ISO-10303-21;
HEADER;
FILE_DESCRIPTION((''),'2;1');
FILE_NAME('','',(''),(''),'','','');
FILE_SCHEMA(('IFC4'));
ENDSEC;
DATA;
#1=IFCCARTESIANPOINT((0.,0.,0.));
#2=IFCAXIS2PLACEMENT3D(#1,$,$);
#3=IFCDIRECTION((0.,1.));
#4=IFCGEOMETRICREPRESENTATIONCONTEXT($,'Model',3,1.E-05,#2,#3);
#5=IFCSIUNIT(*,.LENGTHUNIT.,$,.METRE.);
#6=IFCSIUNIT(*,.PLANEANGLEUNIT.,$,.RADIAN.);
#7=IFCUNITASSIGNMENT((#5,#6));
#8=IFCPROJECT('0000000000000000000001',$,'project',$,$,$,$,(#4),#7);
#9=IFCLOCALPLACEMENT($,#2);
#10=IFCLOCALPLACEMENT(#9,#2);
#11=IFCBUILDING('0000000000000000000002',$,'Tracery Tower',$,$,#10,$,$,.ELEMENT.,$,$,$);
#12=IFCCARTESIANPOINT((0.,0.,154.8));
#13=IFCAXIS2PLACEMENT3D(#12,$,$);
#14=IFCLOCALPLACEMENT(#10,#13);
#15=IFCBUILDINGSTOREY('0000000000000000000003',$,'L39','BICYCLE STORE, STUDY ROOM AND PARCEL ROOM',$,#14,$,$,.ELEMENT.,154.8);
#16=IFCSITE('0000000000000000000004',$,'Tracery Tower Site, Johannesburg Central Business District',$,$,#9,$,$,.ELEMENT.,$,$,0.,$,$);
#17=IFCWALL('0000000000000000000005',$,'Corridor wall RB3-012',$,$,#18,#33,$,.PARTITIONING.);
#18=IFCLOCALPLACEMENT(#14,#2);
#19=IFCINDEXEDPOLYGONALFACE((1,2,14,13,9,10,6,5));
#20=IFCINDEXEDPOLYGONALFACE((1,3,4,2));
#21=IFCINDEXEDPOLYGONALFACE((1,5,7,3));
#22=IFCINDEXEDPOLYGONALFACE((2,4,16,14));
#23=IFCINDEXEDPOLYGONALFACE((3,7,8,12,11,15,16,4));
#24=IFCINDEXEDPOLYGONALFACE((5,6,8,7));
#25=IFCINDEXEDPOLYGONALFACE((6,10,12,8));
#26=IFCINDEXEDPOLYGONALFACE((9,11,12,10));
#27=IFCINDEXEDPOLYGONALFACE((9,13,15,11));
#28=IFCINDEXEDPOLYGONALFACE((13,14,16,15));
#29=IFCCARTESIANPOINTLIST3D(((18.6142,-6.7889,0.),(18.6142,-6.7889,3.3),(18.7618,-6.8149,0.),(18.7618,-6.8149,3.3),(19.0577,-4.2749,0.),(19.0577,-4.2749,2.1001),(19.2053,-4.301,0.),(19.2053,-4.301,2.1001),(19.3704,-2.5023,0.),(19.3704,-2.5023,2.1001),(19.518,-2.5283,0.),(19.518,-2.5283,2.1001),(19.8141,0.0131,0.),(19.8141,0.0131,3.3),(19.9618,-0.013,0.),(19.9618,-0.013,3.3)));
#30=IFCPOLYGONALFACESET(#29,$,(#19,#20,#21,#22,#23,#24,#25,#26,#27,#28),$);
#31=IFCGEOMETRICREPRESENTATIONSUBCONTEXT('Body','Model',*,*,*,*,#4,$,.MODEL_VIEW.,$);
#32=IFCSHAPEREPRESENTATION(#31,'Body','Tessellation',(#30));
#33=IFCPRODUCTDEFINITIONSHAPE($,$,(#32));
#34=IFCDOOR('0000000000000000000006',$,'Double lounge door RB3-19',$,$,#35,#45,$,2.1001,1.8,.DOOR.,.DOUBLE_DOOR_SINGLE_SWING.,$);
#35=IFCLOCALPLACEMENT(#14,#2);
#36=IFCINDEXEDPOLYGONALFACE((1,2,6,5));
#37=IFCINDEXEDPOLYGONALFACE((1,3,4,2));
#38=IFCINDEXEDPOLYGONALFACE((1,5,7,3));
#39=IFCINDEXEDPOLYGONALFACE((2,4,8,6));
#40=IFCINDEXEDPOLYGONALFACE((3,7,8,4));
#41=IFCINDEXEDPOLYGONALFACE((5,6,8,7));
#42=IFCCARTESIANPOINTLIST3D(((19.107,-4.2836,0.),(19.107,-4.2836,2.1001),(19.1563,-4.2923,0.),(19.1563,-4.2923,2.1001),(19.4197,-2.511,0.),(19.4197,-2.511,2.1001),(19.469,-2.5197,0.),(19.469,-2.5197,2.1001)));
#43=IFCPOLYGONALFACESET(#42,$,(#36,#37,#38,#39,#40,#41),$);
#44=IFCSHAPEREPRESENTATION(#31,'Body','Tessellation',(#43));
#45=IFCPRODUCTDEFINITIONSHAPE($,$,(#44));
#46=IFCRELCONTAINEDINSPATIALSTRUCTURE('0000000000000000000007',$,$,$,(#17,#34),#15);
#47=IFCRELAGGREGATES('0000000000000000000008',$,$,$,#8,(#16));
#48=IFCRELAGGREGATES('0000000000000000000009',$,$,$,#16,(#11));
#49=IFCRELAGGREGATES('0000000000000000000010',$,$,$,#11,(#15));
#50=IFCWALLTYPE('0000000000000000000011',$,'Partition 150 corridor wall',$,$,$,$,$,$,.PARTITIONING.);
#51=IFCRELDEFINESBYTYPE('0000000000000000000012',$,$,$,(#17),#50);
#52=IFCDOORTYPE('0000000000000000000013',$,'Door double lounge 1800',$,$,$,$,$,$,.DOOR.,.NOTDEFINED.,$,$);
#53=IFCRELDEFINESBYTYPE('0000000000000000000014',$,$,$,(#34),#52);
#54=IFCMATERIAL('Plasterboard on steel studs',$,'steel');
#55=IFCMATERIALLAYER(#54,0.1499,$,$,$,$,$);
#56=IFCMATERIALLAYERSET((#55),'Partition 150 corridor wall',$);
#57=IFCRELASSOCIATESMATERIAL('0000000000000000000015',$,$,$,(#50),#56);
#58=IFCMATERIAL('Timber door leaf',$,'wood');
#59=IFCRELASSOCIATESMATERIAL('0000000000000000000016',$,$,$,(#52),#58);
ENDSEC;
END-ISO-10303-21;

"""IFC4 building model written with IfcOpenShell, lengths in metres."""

from ifc_helpers import new_model, si_unit, direction, frame, frame_2d, origin, place, context, subcontext, project, spatial, rectangle, extrude, material, layer, layer_set, type_object, element, fill, save


model = new_model("IFC4")

# Units and contexts
model_context = context("Model", 3, precision=1e-05, world=origin(), true_north=direction((0.0, 1.0)))
body_context = subcontext(model_context, "Body", "Model", "MODEL_VIEW")
ifc_project = project(units=[si_unit("LENGTHUNIT", "METRE"), si_unit("PLANEANGLEUNIT", "RADIAN")], contexts=[model_context])

# Site, building, storey
site_placement = place(None, origin())
site = spatial("IfcSite", under=ifc_project, at=site_placement, Name="Tracery Tower Site, Johannesburg Central Business District", CompositionType="ELEMENT", RefElevation=0.0)
building_placement = place(site_placement, origin())
building = spatial("IfcBuilding", under=site, at=building_placement, Name="Tracery Tower", CompositionType="ELEMENT")
storey_placement = place(building_placement, frame((0.0, 0.0, 154.8)))
storey = spatial("IfcBuildingStorey", under=building, at=storey_placement, Name="L39", Description="BICYCLE STORE, STUDY ROOM AND PARCEL ROOM", CompositionType="ELEMENT", Elevation=154.8)

# Shared definitions
ifc_material_1 = material(Name="Plasterboard on steel studs", Category="steel")
ifc_layer_1 = layer(ifc_material_1, 0.1499)
ifc_layer_set_1 = layer_set([ifc_layer_1], Name="Partition 150 corridor wall")
wall_type_1 = type_object("IfcWallType", Name="Partition 150 corridor wall", PredefinedType="PARTITIONING", material=ifc_layer_set_1)

# Wall, opening, door
wall_1_placement = place(storey_placement, frame((18.688, -6.802, 0.0), z_axis=(0.0, 0.0, 1.0), x_axis=(0.173729, 0.984794, 0.0)))
wall_1 = element("IfcWall", 1, at=wall_1_placement, inside=storey, type_object=wall_type_1, Name="Corridor wall RB3-012", PredefinedType="PARTITIONING", context=body_context, shape_type="SweptSolid", body=[
    extrude(rectangle(XDim=6.907, YDim=0.1499, at=frame_2d((3.4536, 0.0))), origin(), (0.0, 0.0, 1.0), 3.3),
])
opening_1_placement = place(wall_1_placement, frame((2.553, 0.0, 0.0)))
opening_1 = element("IfcOpeningElement", 2, at=opening_1_placement, cuts=wall_1, PredefinedType="OPENING", context=body_context, shape_type="SweptSolid", body=[
    extrude(rectangle(XDim=1.8, YDim=2.1001, at=frame_2d((0.8999, 1.05))), frame((0.0, 0.075, 0.0), z_axis=(0.0, -1.0, 0.0), x_axis=(1.0, 0.0, 0.0)), (0.0, 0.0, 1.0), 0.1499),
])
ifc_material_2 = material(Name="Timber door leaf", Category="wood")
door_type_1 = type_object("IfcDoorType", Name="Door double lounge 1800", OperationType="NOTDEFINED", PredefinedType="DOOR", material=ifc_material_2)
door_1_placement = place(opening_1_placement, origin())
door_1 = element("IfcDoor", 3, at=door_1_placement, inside=storey, type_object=door_type_1, Name="Double lounge door RB3-19", OperationType="DOUBLE_DOOR_SINGLE_SWING", OverallHeight=2.1001, OverallWidth=1.8, PredefinedType="DOOR", context=body_context, shape_type="SweptSolid", body=[
    extrude(rectangle(XDim=1.8, YDim=2.1001, at=frame_2d((0.8999, 1.05))), frame((0.0, 0.0249, 0.0), z_axis=(0.0, -1.0, 0.0), x_axis=(1.0, 0.0, 0.0)), (0.0, 0.0, 1.0), 0.05),
])
fill(opening_1, door_1)

save(model, "model.ifc")
